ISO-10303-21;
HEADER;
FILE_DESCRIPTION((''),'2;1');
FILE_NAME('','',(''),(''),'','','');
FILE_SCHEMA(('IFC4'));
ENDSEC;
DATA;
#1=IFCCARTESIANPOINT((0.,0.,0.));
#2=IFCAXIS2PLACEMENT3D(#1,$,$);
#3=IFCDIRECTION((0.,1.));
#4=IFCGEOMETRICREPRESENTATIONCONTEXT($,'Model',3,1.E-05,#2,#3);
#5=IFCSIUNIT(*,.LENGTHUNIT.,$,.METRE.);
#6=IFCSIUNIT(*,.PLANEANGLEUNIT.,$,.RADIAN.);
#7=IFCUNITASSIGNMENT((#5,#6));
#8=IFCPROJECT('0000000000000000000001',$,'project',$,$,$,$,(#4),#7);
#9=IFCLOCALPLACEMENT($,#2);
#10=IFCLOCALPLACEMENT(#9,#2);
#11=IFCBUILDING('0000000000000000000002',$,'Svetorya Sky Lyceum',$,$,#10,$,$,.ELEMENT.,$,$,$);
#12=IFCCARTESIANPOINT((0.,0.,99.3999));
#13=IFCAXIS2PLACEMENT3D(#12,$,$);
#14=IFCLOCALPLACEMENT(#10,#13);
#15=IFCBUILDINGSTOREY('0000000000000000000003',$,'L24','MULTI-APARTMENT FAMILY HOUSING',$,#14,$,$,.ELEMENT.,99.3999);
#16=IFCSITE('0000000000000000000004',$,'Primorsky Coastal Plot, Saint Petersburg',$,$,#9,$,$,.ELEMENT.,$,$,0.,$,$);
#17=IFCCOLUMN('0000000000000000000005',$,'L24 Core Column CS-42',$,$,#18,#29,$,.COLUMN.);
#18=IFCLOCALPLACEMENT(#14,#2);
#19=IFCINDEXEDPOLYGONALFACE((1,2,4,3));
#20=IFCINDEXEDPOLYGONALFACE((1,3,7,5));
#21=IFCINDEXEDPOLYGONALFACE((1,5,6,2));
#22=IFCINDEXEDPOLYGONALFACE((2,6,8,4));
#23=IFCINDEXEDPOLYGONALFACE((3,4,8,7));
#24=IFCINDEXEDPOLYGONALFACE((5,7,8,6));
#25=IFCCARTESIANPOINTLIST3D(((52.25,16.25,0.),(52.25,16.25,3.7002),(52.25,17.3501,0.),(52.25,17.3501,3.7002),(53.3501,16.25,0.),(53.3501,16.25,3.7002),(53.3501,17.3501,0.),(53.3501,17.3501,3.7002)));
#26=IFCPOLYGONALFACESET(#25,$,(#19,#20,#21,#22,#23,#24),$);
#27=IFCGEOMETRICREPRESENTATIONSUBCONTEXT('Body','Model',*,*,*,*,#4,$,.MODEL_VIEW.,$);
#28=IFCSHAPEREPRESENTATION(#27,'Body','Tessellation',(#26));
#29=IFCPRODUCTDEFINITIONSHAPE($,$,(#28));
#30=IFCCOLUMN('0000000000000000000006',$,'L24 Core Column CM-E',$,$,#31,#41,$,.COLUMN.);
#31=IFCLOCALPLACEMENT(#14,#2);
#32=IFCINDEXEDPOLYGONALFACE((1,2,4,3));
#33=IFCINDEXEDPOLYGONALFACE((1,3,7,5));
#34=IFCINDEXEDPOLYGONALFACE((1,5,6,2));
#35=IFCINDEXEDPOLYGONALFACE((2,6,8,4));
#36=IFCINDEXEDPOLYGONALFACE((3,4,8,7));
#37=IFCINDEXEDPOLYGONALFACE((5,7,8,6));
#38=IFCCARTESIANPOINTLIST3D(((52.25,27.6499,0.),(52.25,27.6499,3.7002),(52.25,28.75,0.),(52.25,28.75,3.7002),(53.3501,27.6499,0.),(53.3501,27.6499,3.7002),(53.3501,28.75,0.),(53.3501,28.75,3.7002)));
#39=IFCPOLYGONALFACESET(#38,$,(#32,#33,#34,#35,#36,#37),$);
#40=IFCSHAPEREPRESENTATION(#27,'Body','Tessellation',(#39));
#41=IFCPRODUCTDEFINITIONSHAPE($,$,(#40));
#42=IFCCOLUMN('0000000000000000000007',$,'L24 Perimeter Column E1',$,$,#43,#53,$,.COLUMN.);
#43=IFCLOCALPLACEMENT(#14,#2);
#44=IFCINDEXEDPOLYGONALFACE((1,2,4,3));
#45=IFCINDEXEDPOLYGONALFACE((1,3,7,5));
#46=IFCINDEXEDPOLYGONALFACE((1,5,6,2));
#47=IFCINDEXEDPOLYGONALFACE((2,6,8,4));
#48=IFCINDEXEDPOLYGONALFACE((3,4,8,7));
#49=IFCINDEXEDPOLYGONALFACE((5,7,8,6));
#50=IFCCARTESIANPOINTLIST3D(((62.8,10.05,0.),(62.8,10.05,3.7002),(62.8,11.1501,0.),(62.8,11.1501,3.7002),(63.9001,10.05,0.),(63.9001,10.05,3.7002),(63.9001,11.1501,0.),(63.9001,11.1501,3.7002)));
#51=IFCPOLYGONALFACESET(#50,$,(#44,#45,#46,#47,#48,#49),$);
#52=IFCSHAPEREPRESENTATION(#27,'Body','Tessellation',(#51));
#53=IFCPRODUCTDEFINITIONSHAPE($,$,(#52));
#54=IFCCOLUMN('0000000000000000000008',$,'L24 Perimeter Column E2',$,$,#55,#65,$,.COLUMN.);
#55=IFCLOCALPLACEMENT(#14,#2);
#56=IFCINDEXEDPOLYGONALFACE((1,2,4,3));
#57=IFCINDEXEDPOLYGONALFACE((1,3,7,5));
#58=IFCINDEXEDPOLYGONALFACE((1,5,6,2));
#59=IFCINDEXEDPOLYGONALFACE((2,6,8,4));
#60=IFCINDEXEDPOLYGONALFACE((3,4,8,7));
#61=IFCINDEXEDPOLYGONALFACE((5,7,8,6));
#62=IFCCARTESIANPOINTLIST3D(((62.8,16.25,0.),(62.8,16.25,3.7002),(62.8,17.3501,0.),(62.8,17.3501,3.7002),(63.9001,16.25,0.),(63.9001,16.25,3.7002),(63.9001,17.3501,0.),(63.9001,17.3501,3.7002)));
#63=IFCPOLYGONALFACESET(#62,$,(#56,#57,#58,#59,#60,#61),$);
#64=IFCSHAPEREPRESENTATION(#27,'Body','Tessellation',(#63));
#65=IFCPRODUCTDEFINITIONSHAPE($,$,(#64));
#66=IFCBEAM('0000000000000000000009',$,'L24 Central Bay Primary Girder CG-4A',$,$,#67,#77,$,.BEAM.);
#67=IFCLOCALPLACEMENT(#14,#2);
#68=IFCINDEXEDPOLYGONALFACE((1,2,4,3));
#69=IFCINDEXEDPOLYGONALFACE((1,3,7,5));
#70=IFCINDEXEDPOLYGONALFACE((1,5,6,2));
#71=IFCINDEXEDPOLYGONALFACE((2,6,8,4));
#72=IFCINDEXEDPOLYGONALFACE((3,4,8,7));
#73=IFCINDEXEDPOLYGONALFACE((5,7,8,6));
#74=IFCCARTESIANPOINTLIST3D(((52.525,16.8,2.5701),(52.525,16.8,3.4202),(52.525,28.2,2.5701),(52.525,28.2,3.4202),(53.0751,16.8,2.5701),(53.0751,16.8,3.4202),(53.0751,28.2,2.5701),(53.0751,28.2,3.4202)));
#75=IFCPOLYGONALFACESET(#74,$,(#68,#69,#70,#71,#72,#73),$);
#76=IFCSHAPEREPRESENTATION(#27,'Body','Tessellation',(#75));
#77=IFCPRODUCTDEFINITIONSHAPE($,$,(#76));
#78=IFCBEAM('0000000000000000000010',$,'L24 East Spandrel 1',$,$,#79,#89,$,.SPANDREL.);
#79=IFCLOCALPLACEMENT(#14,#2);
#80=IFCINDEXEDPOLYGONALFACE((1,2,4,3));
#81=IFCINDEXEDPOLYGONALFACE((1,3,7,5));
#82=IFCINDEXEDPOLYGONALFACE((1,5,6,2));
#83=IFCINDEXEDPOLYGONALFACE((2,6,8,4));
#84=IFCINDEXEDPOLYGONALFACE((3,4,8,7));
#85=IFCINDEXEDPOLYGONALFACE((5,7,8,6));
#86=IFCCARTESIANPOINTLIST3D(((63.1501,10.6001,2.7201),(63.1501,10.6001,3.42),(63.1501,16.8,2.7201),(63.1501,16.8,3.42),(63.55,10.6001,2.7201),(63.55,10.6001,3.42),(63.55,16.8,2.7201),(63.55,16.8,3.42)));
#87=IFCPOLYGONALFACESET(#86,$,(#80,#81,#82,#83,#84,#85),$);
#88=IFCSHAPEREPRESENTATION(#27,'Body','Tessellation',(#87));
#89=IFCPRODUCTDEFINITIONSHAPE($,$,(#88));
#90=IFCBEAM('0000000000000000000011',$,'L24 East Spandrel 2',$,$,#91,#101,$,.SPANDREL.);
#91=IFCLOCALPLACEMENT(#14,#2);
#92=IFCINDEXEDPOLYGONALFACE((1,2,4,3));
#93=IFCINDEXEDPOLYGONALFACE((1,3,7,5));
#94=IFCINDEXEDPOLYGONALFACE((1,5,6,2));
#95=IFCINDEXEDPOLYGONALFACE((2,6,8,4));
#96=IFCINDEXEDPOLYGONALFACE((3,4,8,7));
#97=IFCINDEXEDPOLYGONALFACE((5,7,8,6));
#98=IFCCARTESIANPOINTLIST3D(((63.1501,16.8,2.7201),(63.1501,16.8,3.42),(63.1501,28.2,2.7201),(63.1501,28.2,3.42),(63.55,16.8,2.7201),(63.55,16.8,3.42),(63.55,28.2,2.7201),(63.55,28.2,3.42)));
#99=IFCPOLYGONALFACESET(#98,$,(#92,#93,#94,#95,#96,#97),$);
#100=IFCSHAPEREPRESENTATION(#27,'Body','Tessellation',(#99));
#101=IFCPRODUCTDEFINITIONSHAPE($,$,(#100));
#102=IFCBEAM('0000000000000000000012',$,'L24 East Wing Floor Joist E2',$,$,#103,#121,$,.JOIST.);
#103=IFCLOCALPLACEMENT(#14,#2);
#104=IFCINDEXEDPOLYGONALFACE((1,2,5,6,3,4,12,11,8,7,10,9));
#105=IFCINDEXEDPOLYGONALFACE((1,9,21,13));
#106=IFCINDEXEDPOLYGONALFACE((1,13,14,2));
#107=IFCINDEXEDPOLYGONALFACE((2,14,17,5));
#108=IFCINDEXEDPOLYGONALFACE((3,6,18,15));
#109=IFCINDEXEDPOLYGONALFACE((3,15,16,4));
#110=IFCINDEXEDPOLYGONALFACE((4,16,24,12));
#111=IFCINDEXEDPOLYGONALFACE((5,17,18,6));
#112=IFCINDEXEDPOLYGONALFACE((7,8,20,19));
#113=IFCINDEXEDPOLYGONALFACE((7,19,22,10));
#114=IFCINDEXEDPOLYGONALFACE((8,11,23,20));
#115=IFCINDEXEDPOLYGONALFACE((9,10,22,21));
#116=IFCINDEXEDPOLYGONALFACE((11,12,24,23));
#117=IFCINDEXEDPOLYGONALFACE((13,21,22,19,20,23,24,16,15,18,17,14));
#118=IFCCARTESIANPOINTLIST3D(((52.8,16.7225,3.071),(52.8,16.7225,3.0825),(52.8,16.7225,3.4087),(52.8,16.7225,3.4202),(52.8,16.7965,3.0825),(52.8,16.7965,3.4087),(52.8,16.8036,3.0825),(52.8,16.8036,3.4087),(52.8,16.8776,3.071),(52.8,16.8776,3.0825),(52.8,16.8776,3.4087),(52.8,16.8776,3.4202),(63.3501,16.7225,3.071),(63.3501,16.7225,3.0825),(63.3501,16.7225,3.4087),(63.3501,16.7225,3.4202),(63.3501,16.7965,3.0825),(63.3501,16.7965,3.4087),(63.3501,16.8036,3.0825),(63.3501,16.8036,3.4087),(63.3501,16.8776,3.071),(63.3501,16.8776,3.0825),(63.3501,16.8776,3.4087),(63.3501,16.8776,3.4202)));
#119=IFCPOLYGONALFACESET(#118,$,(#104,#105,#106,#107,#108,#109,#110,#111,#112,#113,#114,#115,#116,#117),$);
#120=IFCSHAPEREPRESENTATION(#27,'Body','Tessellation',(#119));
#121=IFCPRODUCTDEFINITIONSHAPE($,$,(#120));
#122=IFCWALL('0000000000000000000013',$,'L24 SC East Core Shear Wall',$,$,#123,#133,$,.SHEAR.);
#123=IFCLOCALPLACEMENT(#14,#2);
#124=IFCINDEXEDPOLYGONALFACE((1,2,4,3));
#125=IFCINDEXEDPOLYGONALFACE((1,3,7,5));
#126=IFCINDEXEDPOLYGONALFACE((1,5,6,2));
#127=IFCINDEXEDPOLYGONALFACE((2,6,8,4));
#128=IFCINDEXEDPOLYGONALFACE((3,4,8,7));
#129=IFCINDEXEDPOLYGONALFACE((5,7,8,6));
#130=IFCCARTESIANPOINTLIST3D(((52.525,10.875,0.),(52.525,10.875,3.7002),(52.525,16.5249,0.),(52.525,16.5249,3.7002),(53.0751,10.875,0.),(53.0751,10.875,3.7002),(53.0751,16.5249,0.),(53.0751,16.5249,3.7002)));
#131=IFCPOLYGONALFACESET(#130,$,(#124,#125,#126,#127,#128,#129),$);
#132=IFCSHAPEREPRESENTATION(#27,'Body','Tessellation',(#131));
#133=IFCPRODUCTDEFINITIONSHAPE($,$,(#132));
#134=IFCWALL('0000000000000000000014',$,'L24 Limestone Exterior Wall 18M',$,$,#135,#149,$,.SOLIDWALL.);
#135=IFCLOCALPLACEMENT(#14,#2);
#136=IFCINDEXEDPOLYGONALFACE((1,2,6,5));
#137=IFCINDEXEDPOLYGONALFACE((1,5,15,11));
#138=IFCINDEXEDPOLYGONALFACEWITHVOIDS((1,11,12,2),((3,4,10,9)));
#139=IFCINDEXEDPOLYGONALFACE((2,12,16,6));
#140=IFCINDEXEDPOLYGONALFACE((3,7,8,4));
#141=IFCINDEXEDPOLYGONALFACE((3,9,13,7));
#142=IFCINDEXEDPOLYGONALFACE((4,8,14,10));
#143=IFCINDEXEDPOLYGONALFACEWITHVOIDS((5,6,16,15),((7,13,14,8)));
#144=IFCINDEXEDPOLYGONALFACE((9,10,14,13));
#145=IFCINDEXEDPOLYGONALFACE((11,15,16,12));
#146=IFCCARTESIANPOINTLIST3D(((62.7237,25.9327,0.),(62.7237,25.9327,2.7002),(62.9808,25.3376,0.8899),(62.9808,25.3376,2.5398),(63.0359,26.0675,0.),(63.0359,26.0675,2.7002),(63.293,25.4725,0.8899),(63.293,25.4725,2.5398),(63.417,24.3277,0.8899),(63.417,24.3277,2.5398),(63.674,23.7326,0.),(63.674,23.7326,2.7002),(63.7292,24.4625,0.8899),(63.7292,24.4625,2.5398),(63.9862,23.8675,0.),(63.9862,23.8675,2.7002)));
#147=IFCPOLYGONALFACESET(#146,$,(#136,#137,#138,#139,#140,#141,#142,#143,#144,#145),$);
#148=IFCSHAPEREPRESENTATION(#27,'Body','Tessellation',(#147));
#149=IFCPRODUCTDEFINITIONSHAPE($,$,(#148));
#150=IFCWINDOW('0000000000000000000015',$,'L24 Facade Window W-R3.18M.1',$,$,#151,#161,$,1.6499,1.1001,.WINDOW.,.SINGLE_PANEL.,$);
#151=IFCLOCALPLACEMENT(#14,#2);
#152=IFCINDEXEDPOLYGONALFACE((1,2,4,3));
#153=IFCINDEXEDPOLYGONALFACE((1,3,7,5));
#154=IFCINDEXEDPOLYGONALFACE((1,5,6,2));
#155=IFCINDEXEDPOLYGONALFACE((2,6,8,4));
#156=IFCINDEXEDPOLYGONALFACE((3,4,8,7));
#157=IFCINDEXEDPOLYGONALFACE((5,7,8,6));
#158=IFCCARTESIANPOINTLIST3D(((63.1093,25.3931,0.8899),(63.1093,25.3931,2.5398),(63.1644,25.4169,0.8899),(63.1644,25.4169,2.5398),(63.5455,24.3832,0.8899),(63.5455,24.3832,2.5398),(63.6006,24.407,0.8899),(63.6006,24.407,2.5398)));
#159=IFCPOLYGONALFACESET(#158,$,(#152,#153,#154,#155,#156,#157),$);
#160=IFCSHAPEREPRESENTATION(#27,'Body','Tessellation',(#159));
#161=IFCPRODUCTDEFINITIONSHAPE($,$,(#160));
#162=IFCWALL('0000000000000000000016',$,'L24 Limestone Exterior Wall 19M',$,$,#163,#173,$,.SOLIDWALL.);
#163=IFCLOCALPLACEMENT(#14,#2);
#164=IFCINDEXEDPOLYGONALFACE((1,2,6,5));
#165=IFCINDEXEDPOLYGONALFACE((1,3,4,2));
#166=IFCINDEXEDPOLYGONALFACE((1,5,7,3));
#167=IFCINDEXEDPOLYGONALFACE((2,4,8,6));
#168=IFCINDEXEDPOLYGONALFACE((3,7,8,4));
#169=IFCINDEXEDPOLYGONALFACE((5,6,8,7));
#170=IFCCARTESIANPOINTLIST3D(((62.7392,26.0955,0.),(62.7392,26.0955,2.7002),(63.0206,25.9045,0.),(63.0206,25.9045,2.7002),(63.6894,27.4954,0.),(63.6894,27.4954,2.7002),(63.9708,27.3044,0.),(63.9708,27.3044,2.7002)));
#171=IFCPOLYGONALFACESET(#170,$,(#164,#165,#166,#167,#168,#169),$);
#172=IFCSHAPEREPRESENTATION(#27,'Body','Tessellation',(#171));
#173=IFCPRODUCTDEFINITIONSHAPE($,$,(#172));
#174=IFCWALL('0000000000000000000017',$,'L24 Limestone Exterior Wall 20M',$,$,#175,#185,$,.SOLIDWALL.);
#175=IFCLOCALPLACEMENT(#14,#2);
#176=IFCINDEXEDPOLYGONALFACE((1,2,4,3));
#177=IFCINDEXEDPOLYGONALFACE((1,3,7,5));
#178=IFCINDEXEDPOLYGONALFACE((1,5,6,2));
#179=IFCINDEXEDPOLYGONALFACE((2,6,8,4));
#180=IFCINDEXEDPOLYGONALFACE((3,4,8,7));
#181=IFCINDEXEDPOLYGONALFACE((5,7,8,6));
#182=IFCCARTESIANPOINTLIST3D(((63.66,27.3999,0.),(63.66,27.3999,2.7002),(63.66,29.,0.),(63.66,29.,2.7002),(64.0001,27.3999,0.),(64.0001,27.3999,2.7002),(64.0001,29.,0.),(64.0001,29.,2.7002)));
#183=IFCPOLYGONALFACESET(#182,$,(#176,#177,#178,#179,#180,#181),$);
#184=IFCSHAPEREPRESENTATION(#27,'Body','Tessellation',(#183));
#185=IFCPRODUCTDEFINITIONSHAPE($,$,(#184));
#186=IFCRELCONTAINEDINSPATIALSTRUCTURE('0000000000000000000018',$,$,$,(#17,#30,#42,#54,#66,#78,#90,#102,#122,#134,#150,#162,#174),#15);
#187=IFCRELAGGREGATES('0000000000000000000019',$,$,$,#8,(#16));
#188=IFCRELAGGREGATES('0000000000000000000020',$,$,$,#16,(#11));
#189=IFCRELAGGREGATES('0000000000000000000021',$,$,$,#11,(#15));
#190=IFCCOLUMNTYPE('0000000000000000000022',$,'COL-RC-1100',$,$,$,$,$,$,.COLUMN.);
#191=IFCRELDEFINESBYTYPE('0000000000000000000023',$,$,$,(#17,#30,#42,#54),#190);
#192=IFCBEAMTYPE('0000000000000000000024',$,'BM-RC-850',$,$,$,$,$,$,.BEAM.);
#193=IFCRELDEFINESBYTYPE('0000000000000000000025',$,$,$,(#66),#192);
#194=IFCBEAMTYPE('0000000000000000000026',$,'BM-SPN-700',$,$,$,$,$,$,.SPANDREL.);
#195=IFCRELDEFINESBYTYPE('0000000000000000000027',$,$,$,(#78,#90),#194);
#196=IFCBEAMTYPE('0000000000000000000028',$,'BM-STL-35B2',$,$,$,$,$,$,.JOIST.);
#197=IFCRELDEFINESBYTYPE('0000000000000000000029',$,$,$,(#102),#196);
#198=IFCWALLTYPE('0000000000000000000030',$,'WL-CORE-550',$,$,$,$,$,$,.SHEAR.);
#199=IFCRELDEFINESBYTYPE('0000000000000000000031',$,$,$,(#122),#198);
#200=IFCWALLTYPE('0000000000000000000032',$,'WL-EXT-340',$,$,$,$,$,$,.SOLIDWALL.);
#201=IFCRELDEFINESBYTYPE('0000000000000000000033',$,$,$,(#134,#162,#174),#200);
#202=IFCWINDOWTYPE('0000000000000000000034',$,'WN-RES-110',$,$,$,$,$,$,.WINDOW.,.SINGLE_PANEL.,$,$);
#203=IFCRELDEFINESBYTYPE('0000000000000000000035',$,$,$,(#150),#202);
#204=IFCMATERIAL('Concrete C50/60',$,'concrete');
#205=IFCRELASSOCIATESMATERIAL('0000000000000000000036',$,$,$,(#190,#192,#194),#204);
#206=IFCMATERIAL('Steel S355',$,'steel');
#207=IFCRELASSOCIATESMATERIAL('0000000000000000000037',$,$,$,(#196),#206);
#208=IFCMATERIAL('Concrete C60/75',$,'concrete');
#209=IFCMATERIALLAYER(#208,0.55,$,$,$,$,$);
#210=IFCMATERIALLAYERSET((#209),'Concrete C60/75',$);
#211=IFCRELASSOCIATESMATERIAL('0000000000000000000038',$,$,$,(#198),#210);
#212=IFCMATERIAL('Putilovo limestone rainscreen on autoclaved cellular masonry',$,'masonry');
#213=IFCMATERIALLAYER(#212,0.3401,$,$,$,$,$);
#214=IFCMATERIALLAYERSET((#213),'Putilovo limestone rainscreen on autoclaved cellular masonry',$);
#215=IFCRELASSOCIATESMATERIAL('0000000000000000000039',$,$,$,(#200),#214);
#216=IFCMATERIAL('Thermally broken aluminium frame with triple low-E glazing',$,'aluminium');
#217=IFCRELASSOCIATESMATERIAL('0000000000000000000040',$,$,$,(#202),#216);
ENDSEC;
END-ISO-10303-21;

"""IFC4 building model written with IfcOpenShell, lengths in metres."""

from ifc_helpers import new_model, si_unit, direction, frame, frame_2d, origin, origin_2d, place, context, subcontext, project, spatial, rectangle, i_section, extrude, material, layer, layer_set, material_profile, profile_set, type_object, element, fill, save


model = new_model("IFC4")

# Units and contexts
model_context = context("Model", 3, precision=1e-05, world=origin(), true_north=direction((0.0, 1.0)))
body_context = subcontext(model_context, "Body", "Model", "MODEL_VIEW")
ifc_project = project(units=[si_unit("LENGTHUNIT", "METRE"), si_unit("PLANEANGLEUNIT", "RADIAN")], contexts=[model_context])

# Site, building, storey
site_placement = place(None, origin())
site = spatial("IfcSite", under=ifc_project, at=site_placement, Name="Primorsky Coastal Plot, Saint Petersburg", CompositionType="ELEMENT", RefElevation=0.0)
building_placement = place(site_placement, origin())
building = spatial("IfcBuilding", under=site, at=building_placement, Name="Svetorya Sky Lyceum", CompositionType="ELEMENT")
storey_placement = place(building_placement, frame((0.0, 0.0, 99.3999)))
storey = spatial("IfcBuildingStorey", under=building, at=storey_placement, Name="L24", Description="MULTI-APARTMENT FAMILY HOUSING", CompositionType="ELEMENT", Elevation=99.3999)

# Columns
ifc_material_1 = material(Name="Concrete C50/60", Category="concrete")
ifc_material_profile_1 = material_profile(ifc_material_1, rectangle(XDim=1.1001, YDim=1.1001, at=origin_2d()), Name="RC COL 1100x1100")
ifc_profile_set_1 = profile_set([ifc_material_profile_1], Name="Concrete C50/60")
column_type = type_object("IfcColumnType", Name="COL-RC-1100", PredefinedType="COLUMN", material=ifc_profile_set_1)
for number, where, z_axis, x_axis, name in (
    (1, (52.8, 16.8, 0.0), (0.0, 0.0, 1.0), (1.0, 0.0, 0.0), "L24 Core Column CS-42"),
    (2, (52.8, 28.2, 0.0), (0.0, 0.0, 1.0), (1.0, 0.0, 0.0), "L24 Core Column CM-E"),
    (3, (63.3501, 10.6001, 0.0), (0.0, 0.0, 1.0), (1.0, 0.0, 0.0), "L24 Perimeter Column E1"),
    (4, (63.3501, 16.8, 0.0), (0.0, 0.0, 1.0), (1.0, 0.0, 0.0), "L24 Perimeter Column E2"),
):
    element("IfcColumn", number, at=place(storey_placement, frame(where, z_axis=z_axis, x_axis=x_axis)), inside=storey, type_object=column_type, Name=name, PredefinedType="COLUMN", context=body_context, shape_type="SweptSolid", body=[
        extrude(rectangle(XDim=1.1001, YDim=1.1001, at=origin_2d()), origin(), (0.0, 0.0, 1.0), 3.7002),
    ])

# Beams
ifc_material_profile_2 = material_profile(ifc_material_1, rectangle(XDim=0.55, YDim=0.8501, at=origin_2d()), Name="RC BEAM 550x850")
ifc_profile_set_2 = profile_set([ifc_material_profile_2], Name="Concrete C50/60")
beam_type_1 = type_object("IfcBeamType", Name="BM-RC-850", PredefinedType="BEAM", material=ifc_profile_set_2)
beam_1_placement = place(storey_placement, frame((52.8, 16.8, 2.9951), z_axis=(0.0, 1.0, 0.0), x_axis=(-1.0, 0.0, 0.0)))
element("IfcBeam", 5, at=beam_1_placement, inside=storey, type_object=beam_type_1, Name="L24 Central Bay Primary Girder CG-4A", PredefinedType="BEAM", context=body_context, shape_type="SweptSolid", body=[
    extrude(rectangle(XDim=0.55, YDim=0.8501, at=origin_2d()), origin(), (0.0, 0.0, 1.0), 11.3999),
])
ifc_material_profile_3 = material_profile(ifc_material_1, rectangle(XDim=0.3999, YDim=0.7, at=origin_2d()), Name="RC SPANDREL 400x700")
ifc_profile_set_3 = profile_set([ifc_material_profile_3], Name="Concrete C50/60")
beam_type_2 = type_object("IfcBeamType", Name="BM-SPN-700", PredefinedType="SPANDREL", material=ifc_profile_set_3)
beam_2_placement = place(storey_placement, frame((63.3501, 10.6001, 3.0701), z_axis=(0.0, 1.0, 0.0), x_axis=(-1.0, 0.0, 0.0)))
element("IfcBeam", 6, at=beam_2_placement, inside=storey, type_object=beam_type_2, Name="L24 East Spandrel 1", PredefinedType="SPANDREL", context=body_context, shape_type="SweptSolid", body=[
    extrude(rectangle(XDim=0.3999, YDim=0.7, at=origin_2d()), origin(), (0.0, 0.0, 1.0), 6.2),
])
beam_3_placement = place(storey_placement, frame((63.3501, 16.8, 3.0701), z_axis=(0.0, 1.0, 0.0), x_axis=(-1.0, 0.0, 0.0)))
element("IfcBeam", 7, at=beam_3_placement, inside=storey, type_object=beam_type_2, Name="L24 East Spandrel 2", PredefinedType="SPANDREL", context=body_context, shape_type="SweptSolid", body=[
    extrude(rectangle(XDim=0.3999, YDim=0.7, at=origin_2d()), origin(), (0.0, 0.0, 1.0), 11.3999),
])
ifc_material_2 = material(Name="Steel S355", Category="steel")
ifc_material_profile_4 = material_profile(ifc_material_2, i_section(OverallWidth=0.155, OverallDepth=0.3491, WebThickness=0.0071, FlangeThickness=0.0115, at=origin_2d()), Name="GOST 35B2")
ifc_profile_set_4 = profile_set([ifc_material_profile_4], Name="Steel S355")
beam_type_3 = type_object("IfcBeamType", Name="BM-STL-35B2", PredefinedType="JOIST", material=ifc_profile_set_4)
beam_4_placement = place(storey_placement, frame((52.8, 16.8, 3.2456), z_axis=(1.0, 0.0, 0.0), x_axis=(0.0, 1.0, 0.0)))
element("IfcBeam", 8, at=beam_4_placement, inside=storey, type_object=beam_type_3, Name="L24 East Wing Floor Joist E2", PredefinedType="JOIST", context=body_context, shape_type="SweptSolid", body=[
    extrude(i_section(OverallWidth=0.155, OverallDepth=0.3491, WebThickness=0.0071, FlangeThickness=0.0115, at=origin_2d()), origin(), (0.0, 0.0, 1.0), 10.55),
])

# Wall
ifc_material_3 = material(Name="Concrete C60/75", Category="concrete")
ifc_layer_1 = layer(ifc_material_3, 0.55)
ifc_layer_set_1 = layer_set([ifc_layer_1], Name="Concrete C60/75")
wall_type_1 = type_object("IfcWallType", Name="WL-CORE-550", PredefinedType="SHEAR", material=ifc_layer_set_1)
wall_1_placement = place(storey_placement, frame((52.8, 10.875, 0.0), z_axis=(0.0, 0.0, 1.0), x_axis=(0.0, 1.0, 0.0)))
element("IfcWall", 9, at=wall_1_placement, inside=storey, type_object=wall_type_1, Name="L24 SC East Core Shear Wall", PredefinedType="SHEAR", context=body_context, shape_type="SweptSolid", body=[
    extrude(rectangle(XDim=5.6499, YDim=0.55, at=frame_2d((2.825, 0.0))), origin(), (0.0, 0.0, 1.0), 3.7002),
])

# Wall, opening, window
ifc_material_4 = material(Name="Putilovo limestone rainscreen on autoclaved cellular masonry", Category="masonry")
ifc_layer_2 = layer(ifc_material_4, 0.3401)
ifc_layer_set_2 = layer_set([ifc_layer_2], Name="Putilovo limestone rainscreen on autoclaved cellular masonry")
wall_type_2 = type_object("IfcWallType", Name="WL-EXT-340", PredefinedType="SOLIDWALL", material=ifc_layer_set_2)
wall_2_placement = place(storey_placement, frame((63.8301, 23.8, 0.0), z_axis=(0.0, 0.0, 1.0), x_axis=(-0.396512, 0.918029, 0.0)))
wall_2 = element("IfcWall", 10, at=wall_2_placement, inside=storey, type_object=wall_type_2, Name="L24 Limestone Exterior Wall 18M", PredefinedType="SOLIDWALL", context=body_context, shape_type="SweptSolid", body=[
    extrude(rectangle(XDim=2.3965, YDim=0.3401, at=frame_2d((1.1982, 0.0))), origin(), (0.0, 0.0, 1.0), 2.7002),
])
opening_1_placement = place(wall_2_placement, frame((0.6482, 0.0, 0.8899)))
opening_1 = element("IfcOpeningElement", 11, at=opening_1_placement, cuts=wall_2, PredefinedType="OPENING", context=body_context, shape_type="SweptSolid", body=[
    extrude(rectangle(XDim=1.1001, YDim=1.6499, at=frame_2d((0.55, 0.825))), frame((0.0, 0.1799, 0.0), z_axis=(0.0, -1.0, 0.0), x_axis=(1.0, 0.0, 0.0)), (0.0, 0.0, 1.0), 0.3601),
])
ifc_material_5 = material(Name="Thermally broken aluminium frame with triple low-E glazing", Category="aluminium")
window_type = type_object("IfcWindowType", Name="WN-RES-110", PartitioningType="SINGLE_PANEL", PredefinedType="WINDOW", material=ifc_material_5)
window_placement = place(opening_1_placement, origin())
window = element("IfcWindow", 12, at=window_placement, inside=storey, type_object=window_type, Name="L24 Facade Window W-R3.18M.1", OverallHeight=1.6499, OverallWidth=1.1001, PartitioningType="SINGLE_PANEL", PredefinedType="WINDOW", context=body_context, shape_type="SweptSolid", body=[
    extrude(rectangle(XDim=1.1001, YDim=1.6499, at=frame_2d((0.55, 0.825))), frame((0.0, 0.03, 0.0), z_axis=(0.0, -1.0, 0.0), x_axis=(1.0, 0.0, 0.0)), (0.0, 0.0, 1.0), 0.0601),
])
fill(opening_1, window)

# Walls
wall_3_placement = place(storey_placement, frame((62.8799, 26.0, 0.0), z_axis=(0.0, 0.0, 1.0), x_axis=(0.561607, 0.827404, 0.0)))
element("IfcWall", 13, at=wall_3_placement, inside=storey, type_object=wall_type_2, Name="L24 Limestone Exterior Wall 19M", PredefinedType="SOLIDWALL", context=body_context, shape_type="SweptSolid", body=[
    extrude(rectangle(XDim=1.6919, YDim=0.3401, at=frame_2d((0.8459, 0.0))), origin(), (0.0, 0.0, 1.0), 2.7002),
])
wall_4_placement = place(storey_placement, frame((63.8301, 27.3999, 0.0), z_axis=(0.0, 0.0, 1.0), x_axis=(0.0, 1.0, 0.0)))
element("IfcWall", 14, at=wall_4_placement, inside=storey, type_object=wall_type_2, Name="L24 Limestone Exterior Wall 20M", PredefinedType="SOLIDWALL", context=body_context, shape_type="SweptSolid", body=[
    extrude(rectangle(XDim=1.6001, YDim=0.3401, at=frame_2d((0.8, 0.0))), origin(), (0.0, 0.0, 1.0), 2.7002),
])

save(model, "model.ifc")
